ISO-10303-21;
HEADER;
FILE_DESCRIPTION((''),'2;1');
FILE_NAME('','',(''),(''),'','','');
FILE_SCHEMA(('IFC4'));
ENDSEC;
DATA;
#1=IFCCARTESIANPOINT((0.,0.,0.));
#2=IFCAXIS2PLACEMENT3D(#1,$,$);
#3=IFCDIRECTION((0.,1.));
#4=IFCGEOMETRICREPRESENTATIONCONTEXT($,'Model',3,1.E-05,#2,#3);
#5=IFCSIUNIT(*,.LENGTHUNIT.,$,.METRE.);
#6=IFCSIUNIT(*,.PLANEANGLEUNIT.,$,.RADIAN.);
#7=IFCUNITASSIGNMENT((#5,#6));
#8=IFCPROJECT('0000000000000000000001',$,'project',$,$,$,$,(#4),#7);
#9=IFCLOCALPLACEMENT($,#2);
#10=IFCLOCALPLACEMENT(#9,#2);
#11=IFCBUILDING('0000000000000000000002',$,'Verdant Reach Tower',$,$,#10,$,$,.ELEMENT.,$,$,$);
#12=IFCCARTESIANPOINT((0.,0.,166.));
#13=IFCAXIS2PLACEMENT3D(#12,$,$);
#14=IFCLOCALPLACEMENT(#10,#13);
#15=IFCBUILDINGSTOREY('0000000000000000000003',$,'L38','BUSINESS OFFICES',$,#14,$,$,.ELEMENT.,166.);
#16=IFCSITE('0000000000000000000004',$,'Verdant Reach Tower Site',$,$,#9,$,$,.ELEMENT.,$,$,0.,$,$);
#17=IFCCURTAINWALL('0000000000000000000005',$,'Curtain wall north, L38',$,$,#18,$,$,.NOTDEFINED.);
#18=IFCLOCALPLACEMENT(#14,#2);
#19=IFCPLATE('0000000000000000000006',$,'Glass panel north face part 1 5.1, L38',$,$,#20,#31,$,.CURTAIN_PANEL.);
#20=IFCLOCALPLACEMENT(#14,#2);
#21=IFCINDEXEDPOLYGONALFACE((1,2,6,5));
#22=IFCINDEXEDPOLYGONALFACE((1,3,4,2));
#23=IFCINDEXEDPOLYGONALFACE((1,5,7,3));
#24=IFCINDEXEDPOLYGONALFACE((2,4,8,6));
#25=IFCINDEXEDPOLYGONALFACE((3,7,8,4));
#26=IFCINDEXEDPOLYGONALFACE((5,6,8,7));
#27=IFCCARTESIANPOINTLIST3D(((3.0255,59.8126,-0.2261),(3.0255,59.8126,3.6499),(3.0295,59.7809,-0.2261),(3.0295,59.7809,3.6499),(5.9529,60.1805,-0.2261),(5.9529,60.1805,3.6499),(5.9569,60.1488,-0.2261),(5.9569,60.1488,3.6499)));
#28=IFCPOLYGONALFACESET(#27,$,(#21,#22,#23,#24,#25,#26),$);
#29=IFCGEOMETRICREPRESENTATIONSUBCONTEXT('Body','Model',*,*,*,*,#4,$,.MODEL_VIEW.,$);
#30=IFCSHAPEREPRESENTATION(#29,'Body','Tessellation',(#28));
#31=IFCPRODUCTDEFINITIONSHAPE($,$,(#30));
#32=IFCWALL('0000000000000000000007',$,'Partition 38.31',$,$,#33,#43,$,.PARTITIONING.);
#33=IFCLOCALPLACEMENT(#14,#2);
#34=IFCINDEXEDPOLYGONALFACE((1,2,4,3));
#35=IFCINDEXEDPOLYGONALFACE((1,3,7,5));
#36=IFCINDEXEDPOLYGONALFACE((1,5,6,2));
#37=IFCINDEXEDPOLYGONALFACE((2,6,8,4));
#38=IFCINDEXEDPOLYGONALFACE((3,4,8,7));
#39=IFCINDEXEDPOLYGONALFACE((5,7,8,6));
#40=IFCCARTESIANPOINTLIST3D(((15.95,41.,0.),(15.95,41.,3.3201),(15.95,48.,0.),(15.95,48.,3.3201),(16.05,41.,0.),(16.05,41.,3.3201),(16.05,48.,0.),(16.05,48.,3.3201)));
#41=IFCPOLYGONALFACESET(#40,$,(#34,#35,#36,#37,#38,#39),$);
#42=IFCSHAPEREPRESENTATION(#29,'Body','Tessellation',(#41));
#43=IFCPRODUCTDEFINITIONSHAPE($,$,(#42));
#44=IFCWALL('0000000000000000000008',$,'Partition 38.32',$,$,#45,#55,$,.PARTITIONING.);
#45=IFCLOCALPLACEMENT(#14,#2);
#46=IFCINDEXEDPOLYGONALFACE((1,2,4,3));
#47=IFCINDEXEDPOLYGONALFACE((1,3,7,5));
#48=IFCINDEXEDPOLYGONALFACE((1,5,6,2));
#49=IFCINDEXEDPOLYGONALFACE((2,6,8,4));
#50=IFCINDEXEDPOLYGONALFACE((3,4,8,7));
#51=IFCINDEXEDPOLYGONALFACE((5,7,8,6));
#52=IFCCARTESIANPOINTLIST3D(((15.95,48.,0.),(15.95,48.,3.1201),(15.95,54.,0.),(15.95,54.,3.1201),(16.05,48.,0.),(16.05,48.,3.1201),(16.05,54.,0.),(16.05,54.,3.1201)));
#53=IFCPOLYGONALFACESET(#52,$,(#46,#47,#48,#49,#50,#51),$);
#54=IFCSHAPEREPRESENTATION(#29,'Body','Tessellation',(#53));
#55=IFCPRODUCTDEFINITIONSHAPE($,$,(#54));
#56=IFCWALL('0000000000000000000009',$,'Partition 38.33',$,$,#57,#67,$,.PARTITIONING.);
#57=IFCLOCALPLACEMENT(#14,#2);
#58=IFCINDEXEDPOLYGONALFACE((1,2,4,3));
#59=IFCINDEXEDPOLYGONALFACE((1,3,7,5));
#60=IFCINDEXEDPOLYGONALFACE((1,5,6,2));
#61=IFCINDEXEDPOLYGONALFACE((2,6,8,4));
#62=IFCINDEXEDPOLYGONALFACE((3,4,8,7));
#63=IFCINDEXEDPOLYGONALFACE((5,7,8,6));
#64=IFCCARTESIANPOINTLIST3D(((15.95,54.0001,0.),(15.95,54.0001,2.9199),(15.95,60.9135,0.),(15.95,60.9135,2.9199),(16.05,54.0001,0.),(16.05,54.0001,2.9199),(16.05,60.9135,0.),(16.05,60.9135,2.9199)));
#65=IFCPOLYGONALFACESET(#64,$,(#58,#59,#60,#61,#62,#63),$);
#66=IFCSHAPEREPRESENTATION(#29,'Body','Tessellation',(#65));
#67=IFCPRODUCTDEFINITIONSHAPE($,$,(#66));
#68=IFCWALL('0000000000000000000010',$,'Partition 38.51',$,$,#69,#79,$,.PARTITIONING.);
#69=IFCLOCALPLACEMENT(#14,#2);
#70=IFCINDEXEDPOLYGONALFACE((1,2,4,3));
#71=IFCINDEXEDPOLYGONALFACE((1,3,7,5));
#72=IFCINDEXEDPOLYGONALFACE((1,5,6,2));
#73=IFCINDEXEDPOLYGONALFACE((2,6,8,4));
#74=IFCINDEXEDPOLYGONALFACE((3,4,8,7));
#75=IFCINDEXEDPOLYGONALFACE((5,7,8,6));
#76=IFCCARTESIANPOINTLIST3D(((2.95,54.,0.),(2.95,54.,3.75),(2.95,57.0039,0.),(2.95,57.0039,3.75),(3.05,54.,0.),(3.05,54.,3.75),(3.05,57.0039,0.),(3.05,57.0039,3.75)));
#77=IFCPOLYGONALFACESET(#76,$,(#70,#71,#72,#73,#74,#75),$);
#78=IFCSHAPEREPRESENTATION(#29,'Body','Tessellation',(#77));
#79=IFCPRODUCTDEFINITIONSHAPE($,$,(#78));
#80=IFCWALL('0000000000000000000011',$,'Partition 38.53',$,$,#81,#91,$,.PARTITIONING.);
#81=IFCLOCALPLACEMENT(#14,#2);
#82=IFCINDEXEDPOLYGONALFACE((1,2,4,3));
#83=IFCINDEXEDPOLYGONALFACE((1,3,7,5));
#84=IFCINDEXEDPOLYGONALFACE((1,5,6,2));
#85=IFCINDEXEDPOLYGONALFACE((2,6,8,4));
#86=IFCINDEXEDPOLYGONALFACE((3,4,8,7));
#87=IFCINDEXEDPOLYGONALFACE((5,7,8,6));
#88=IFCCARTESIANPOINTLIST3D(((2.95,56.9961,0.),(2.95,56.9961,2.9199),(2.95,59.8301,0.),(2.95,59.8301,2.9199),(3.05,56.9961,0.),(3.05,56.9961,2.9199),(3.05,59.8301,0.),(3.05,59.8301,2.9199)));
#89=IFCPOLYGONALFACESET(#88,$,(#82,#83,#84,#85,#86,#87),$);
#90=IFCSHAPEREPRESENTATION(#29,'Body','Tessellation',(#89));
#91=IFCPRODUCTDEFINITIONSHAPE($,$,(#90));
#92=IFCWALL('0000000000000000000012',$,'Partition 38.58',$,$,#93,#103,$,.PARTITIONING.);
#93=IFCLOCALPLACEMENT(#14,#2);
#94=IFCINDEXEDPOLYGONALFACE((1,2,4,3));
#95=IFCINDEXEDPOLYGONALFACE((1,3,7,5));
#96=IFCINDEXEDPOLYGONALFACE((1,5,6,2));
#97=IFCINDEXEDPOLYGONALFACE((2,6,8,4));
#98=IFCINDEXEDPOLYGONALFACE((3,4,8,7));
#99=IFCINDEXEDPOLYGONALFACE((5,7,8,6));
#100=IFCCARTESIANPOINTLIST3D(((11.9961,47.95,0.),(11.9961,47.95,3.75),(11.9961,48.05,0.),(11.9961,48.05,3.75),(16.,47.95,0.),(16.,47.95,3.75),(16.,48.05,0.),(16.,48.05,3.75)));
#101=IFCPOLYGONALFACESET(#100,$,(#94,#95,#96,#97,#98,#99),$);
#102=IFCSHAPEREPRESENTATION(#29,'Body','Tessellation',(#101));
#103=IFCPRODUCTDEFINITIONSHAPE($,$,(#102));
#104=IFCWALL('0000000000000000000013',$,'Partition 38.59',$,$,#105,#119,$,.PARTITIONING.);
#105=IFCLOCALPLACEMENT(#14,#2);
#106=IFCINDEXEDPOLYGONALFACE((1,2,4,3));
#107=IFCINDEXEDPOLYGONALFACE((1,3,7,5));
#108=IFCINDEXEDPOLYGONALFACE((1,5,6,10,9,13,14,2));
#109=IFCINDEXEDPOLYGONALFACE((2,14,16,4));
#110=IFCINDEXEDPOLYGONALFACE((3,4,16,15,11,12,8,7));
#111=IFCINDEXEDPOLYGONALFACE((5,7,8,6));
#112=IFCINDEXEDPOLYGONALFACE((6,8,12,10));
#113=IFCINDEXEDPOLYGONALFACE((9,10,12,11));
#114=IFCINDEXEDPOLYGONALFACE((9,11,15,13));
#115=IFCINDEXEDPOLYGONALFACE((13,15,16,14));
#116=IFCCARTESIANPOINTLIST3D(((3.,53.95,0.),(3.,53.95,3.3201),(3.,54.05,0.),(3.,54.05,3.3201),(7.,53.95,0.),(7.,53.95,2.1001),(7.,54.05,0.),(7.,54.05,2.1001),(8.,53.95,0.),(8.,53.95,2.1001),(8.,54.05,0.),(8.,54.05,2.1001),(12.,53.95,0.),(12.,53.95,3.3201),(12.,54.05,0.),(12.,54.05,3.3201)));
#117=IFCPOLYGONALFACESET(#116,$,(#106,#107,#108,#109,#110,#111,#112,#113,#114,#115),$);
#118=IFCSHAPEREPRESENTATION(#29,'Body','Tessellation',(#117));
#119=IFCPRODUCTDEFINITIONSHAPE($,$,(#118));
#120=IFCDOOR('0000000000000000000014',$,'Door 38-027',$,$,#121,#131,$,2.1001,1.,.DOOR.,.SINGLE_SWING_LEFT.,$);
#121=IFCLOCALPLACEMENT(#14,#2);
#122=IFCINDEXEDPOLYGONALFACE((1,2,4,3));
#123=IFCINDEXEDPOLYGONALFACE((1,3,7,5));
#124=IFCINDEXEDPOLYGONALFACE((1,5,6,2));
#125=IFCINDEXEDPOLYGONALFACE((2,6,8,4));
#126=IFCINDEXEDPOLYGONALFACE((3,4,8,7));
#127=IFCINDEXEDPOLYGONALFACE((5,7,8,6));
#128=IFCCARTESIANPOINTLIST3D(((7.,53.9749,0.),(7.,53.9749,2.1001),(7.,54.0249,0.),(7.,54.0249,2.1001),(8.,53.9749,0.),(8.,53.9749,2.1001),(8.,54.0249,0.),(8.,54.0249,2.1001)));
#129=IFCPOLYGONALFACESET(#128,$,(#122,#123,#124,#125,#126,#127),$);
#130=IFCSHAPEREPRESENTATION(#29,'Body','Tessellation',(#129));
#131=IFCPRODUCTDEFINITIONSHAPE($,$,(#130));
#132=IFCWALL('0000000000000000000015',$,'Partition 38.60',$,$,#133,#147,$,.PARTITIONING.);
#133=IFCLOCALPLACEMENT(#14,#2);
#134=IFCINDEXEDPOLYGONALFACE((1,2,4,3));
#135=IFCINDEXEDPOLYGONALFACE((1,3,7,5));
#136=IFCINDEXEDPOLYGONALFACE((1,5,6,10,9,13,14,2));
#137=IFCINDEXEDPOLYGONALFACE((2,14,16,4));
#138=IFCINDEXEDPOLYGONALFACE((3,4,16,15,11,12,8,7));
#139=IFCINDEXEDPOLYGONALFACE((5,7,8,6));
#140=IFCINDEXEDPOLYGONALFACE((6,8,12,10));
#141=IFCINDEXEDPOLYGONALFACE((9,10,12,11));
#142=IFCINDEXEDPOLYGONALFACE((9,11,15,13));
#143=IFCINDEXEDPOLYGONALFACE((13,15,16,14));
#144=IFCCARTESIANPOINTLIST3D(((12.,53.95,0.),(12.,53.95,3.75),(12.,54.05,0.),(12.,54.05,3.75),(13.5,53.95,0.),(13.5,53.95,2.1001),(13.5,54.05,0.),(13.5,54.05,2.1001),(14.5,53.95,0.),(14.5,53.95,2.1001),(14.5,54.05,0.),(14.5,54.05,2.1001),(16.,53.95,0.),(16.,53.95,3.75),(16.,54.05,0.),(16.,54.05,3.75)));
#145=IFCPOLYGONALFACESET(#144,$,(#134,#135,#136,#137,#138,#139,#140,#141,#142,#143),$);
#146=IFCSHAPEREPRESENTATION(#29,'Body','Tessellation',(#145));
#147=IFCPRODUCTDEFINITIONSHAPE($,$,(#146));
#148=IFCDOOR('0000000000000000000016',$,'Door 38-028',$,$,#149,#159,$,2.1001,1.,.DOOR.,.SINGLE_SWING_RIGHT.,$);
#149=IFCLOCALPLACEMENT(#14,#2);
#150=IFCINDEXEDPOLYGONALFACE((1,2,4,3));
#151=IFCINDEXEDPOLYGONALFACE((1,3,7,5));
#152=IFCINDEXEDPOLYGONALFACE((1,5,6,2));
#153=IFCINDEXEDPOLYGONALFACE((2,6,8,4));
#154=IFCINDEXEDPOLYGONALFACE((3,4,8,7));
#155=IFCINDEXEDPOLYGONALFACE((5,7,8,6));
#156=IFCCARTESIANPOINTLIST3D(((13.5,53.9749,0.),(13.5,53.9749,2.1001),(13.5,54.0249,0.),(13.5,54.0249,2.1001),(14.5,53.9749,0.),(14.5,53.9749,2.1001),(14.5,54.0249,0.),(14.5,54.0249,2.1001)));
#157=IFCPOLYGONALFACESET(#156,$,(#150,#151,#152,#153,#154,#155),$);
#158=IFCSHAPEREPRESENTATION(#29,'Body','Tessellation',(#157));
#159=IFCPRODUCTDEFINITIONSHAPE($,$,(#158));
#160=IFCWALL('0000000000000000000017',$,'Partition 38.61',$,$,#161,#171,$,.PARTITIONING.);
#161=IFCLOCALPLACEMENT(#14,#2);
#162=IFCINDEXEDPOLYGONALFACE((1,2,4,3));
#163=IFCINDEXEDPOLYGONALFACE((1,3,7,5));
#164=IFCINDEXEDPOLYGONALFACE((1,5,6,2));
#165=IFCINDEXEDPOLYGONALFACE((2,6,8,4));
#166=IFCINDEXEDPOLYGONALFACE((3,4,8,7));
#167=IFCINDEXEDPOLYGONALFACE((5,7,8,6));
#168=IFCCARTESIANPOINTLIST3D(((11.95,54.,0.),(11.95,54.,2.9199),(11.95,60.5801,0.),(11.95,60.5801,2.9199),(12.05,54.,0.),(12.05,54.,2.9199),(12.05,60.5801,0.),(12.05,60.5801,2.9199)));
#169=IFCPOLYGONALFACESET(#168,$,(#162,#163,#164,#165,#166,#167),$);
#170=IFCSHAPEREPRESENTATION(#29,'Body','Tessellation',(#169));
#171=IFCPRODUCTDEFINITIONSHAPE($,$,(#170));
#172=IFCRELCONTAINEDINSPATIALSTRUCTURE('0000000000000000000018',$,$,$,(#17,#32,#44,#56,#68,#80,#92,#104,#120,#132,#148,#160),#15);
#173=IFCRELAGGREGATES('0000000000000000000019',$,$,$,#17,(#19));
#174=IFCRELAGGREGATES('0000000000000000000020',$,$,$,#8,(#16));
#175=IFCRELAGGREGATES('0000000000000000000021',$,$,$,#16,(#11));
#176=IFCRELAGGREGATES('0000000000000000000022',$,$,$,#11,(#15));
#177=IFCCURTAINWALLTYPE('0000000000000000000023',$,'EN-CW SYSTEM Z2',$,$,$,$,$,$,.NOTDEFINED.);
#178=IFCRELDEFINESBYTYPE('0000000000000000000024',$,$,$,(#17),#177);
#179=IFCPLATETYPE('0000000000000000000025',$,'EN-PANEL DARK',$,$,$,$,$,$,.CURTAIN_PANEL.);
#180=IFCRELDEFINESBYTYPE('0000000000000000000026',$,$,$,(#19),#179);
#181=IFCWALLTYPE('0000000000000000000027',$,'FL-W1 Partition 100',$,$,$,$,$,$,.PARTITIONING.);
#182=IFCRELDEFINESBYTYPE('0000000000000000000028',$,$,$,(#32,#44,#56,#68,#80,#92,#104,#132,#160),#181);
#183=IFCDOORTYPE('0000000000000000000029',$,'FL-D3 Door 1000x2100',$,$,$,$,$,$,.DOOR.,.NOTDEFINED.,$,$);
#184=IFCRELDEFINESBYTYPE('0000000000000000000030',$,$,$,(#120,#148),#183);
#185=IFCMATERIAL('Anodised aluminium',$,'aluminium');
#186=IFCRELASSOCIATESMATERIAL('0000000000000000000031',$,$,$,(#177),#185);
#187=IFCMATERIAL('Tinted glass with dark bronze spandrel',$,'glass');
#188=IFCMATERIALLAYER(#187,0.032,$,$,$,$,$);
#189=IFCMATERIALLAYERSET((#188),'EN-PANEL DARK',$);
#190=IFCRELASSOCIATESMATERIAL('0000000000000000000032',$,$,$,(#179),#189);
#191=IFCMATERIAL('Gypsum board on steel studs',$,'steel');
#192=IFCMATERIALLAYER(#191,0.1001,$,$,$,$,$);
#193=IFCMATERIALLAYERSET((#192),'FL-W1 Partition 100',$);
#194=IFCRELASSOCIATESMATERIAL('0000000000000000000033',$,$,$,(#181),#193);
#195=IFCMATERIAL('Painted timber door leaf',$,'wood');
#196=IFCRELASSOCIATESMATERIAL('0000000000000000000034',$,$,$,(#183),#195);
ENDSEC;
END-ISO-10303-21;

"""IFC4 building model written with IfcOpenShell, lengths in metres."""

from ifc_helpers import new_model, si_unit, direction, frame, frame_2d, origin, origin_2d, place, context, subcontext, project, spatial, rectangle, extrude, material, layer, layer_set, type_object, element, fill, aggregate, save


model = new_model("IFC4")

# Units and contexts
model_context = context("Model", 3, precision=1e-05, world=origin(), true_north=direction((0.0, 1.0)))
body_context = subcontext(model_context, "Body", "Model", "MODEL_VIEW")
ifc_project = project(units=[si_unit("LENGTHUNIT", "METRE"), si_unit("PLANEANGLEUNIT", "RADIAN")], contexts=[model_context])

# Site, building, storey
site_placement = place(None, origin())
site = spatial("IfcSite", under=ifc_project, at=site_placement, Name="Verdant Reach Tower Site", CompositionType="ELEMENT", RefElevation=0.0)
building_placement = place(site_placement, origin())
building = spatial("IfcBuilding", under=site, at=building_placement, Name="Verdant Reach Tower", CompositionType="ELEMENT")
storey_placement = place(building_placement, frame((0.0, 0.0, 166.0)))
storey = spatial("IfcBuildingStorey", under=building, at=storey_placement, Name="L38", Description="BUSINESS OFFICES", CompositionType="ELEMENT", Elevation=166.0)

# Curtain wall
ifc_material_1 = material(Name="Anodised aluminium", Category="aluminium")
curtain_wall_type = type_object("IfcCurtainWallType", Name="EN-CW SYSTEM Z2", PredefinedType="NOTDEFINED", material=ifc_material_1)
curtain_wall_1_placement = place(storey_placement, origin())
curtain_wall_1 = element("IfcCurtainWall", 1, at=curtain_wall_1_placement, inside=storey, type_object=curtain_wall_type, Name="Curtain wall north, L38", PredefinedType="NOTDEFINED")

# Plate
ifc_material_2 = material(Name="Tinted glass with dark bronze spandrel", Category="glass")
ifc_layer_1 = layer(ifc_material_2, 0.032)
ifc_layer_set_1 = layer_set([ifc_layer_1], Name="EN-PANEL DARK")
plate_type_1 = type_object("IfcPlateType", Name="EN-PANEL DARK", PredefinedType="CURTAIN_PANEL", material=ifc_layer_set_1)
plate_1_placement = place(storey_placement, frame((4.4912, 59.9807, -0.2261), z_axis=(0.0, 0.0, 1.0), x_axis=(-0.992194, -0.124704, 0.0)))
plate_1 = element("IfcPlate", 2, at=plate_1_placement, type_object=plate_type_1, Name="Glass panel north face part 1 5.1, L38", PredefinedType="CURTAIN_PANEL", context=body_context, shape_type="SweptSolid", body=[
    extrude(rectangle(XDim=2.9504, YDim=0.032, at=origin_2d()), origin(), (0.0, 0.0, 1.0), 3.876),
])
aggregate(curtain_wall_1, [plate_1])

# Walls
ifc_material_3 = material(Name="Gypsum board on steel studs", Category="steel")
ifc_layer_2 = layer(ifc_material_3, 0.1001)
ifc_layer_set_2 = layer_set([ifc_layer_2], Name="FL-W1 Partition 100")
wall_type = type_object("IfcWallType", Name="FL-W1 Partition 100", PredefinedType="PARTITIONING", material=ifc_layer_set_2)
wall_1_placement = place(storey_placement, frame((16.0, 48.0, 0.0), z_axis=(0.0, 0.0, 1.0), x_axis=(0.0, -1.0, 0.0)))
element("IfcWall", 3, at=wall_1_placement, inside=storey, type_object=wall_type, Name="Partition 38.31", PredefinedType="PARTITIONING", context=body_context, shape_type="SweptSolid", body=[
    extrude(rectangle(XDim=7.0, YDim=0.1001, at=frame_2d((3.5, 0.0))), origin(), (0.0, 0.0, 1.0), 3.3201),
])
wall_2_placement = place(storey_placement, frame((16.0, 54.0, 0.0), z_axis=(0.0, 0.0, 1.0), x_axis=(0.0, -1.0, 0.0)))
element("IfcWall", 4, at=wall_2_placement, inside=storey, type_object=wall_type, Name="Partition 38.32", PredefinedType="PARTITIONING", context=body_context, shape_type="SweptSolid", body=[
    extrude(rectangle(XDim=6.0, YDim=0.1001, at=frame_2d((3.0, 0.0))), origin(), (0.0, 0.0, 1.0), 3.1201),
])
wall_3_placement = place(storey_placement, frame((16.0, 60.9133, 0.0), z_axis=(0.0, 0.0, 1.0), x_axis=(0.0, -1.0, 0.0)))
element("IfcWall", 5, at=wall_3_placement, inside=storey, type_object=wall_type, Name="Partition 38.33", PredefinedType="PARTITIONING", context=body_context, shape_type="SweptSolid", body=[
    extrude(rectangle(XDim=6.9133, YDim=0.1001, at=frame_2d((3.4565, 0.0))), origin(), (0.0, 0.0, 1.0), 2.9199),
])
wall_4_placement = place(storey_placement, frame((3.0, 54.0, 0.0), z_axis=(0.0, 0.0, 1.0), x_axis=(0.0, 1.0, 0.0)))
element("IfcWall", 6, at=wall_4_placement, inside=storey, type_object=wall_type, Name="Partition 38.51", PredefinedType="PARTITIONING", context=body_context, shape_type="SweptSolid", body=[
    extrude(rectangle(XDim=3.0039, YDim=0.1001, at=frame_2d((1.502, 0.0))), origin(), (0.0, 0.0, 1.0), 3.75),
])
wall_5_placement = place(storey_placement, frame((3.0, 56.9961, 0.0), z_axis=(0.0, 0.0, 1.0), x_axis=(0.0, 1.0, 0.0)))
element("IfcWall", 7, at=wall_5_placement, inside=storey, type_object=wall_type, Name="Partition 38.53", PredefinedType="PARTITIONING", context=body_context, shape_type="SweptSolid", body=[
    extrude(rectangle(XDim=2.834, YDim=0.1001, at=frame_2d((1.417, 0.0))), origin(), (0.0, 0.0, 1.0), 2.9199),
])
wall_6_placement = place(storey_placement, frame((16.0, 48.0, 0.0), z_axis=(0.0, 0.0, 1.0), x_axis=(-1.0, 0.0, 0.0)))
element("IfcWall", 8, at=wall_6_placement, inside=storey, type_object=wall_type, Name="Partition 38.58", PredefinedType="PARTITIONING", context=body_context, shape_type="SweptSolid", body=[
    extrude(rectangle(XDim=4.0039, YDim=0.1001, at=frame_2d((2.002, 0.0))), origin(), (0.0, 0.0, 1.0), 3.75),
])

# Walls, openings, doors
wall_7_placement = place(storey_placement, frame((3.0, 54.0, 0.0), z_axis=(0.0, 0.0, 1.0), x_axis=(1.0, 0.0, 0.0)))
wall_7 = element("IfcWall", 9, at=wall_7_placement, inside=storey, type_object=wall_type, Name="Partition 38.59", PredefinedType="PARTITIONING", context=body_context, shape_type="SweptSolid", body=[
    extrude(rectangle(XDim=9.0, YDim=0.1001, at=frame_2d((4.5, 0.0))), origin(), (0.0, 0.0, 1.0), 3.3201),
])
opening_1_placement = place(wall_7_placement, frame((4.0, 0.0, 0.0)))
opening_1 = element("IfcOpeningElement", 10, at=opening_1_placement, cuts=wall_7, PredefinedType="OPENING", context=body_context, shape_type="SweptSolid", body=[
    extrude(rectangle(XDim=1.0, YDim=2.1001, at=frame_2d((0.5, 1.05))), frame((0.0, 0.0601, 0.0), z_axis=(0.0, -1.0, 0.0), x_axis=(1.0, 0.0, 0.0)), (0.0, 0.0, 1.0), 0.1201),
])
ifc_material_4 = material(Name="Painted timber door leaf", Category="wood")
door_type = type_object("IfcDoorType", Name="FL-D3 Door 1000x2100", OperationType="NOTDEFINED", PredefinedType="DOOR", material=ifc_material_4)
door_1_placement = place(opening_1_placement, origin())
door_1 = element("IfcDoor", 11, at=door_1_placement, inside=storey, type_object=door_type, Name="Door 38-027", OperationType="SINGLE_SWING_LEFT", OverallHeight=2.1001, OverallWidth=1.0, PredefinedType="DOOR", context=body_context, shape_type="SweptSolid", body=[
    extrude(rectangle(XDim=1.0, YDim=2.1001, at=frame_2d((0.5, 1.05))), frame((0.0, 0.0249, 0.0), z_axis=(0.0, -1.0, 0.0), x_axis=(1.0, 0.0, 0.0)), (0.0, 0.0, 1.0), 0.05),
])
fill(opening_1, door_1)
wall_8_placement = place(storey_placement, frame((12.0, 54.0, 0.0), z_axis=(0.0, 0.0, 1.0), x_axis=(1.0, 0.0, 0.0)))
wall_8 = element("IfcWall", 12, at=wall_8_placement, inside=storey, type_object=wall_type, Name="Partition 38.60", PredefinedType="PARTITIONING", context=body_context, shape_type="SweptSolid", body=[
    extrude(rectangle(XDim=4.0, YDim=0.1001, at=frame_2d((2.0, 0.0))), origin(), (0.0, 0.0, 1.0), 3.75),
])
opening_2_placement = place(wall_8_placement, frame((1.5, 0.0, 0.0)))
opening_2 = element("IfcOpeningElement", 13, at=opening_2_placement, cuts=wall_8, PredefinedType="OPENING", context=body_context, shape_type="SweptSolid", body=[
    extrude(rectangle(XDim=1.0, YDim=2.1001, at=frame_2d((0.5, 1.05))), frame((0.0, 0.0601, 0.0), z_axis=(0.0, -1.0, 0.0), x_axis=(1.0, 0.0, 0.0)), (0.0, 0.0, 1.0), 0.1201),
])
door_2_placement = place(opening_2_placement, origin())
door_2 = element("IfcDoor", 14, at=door_2_placement, inside=storey, type_object=door_type, Name="Door 38-028", OperationType="SINGLE_SWING_RIGHT", OverallHeight=2.1001, OverallWidth=1.0, PredefinedType="DOOR", context=body_context, shape_type="SweptSolid", body=[
    extrude(rectangle(XDim=1.0, YDim=2.1001, at=frame_2d((0.5, 1.05))), frame((0.0, 0.0249, 0.0), z_axis=(0.0, -1.0, 0.0), x_axis=(1.0, 0.0, 0.0)), (0.0, 0.0, 1.0), 0.05),
])
fill(opening_2, door_2)

# Wall
wall_9_placement = place(storey_placement, frame((12.0, 54.0, 0.0), z_axis=(0.0, 0.0, 1.0), x_axis=(0.0, 1.0, 0.0)))
element("IfcWall", 15, at=wall_9_placement, inside=storey, type_object=wall_type, Name="Partition 38.61", PredefinedType="PARTITIONING", context=body_context, shape_type="SweptSolid", body=[
    extrude(rectangle(XDim=6.5801, YDim=0.1001, at=frame_2d((3.29, 0.0))), origin(), (0.0, 0.0, 1.0), 2.9199),
])

save(model, "model.ifc")
